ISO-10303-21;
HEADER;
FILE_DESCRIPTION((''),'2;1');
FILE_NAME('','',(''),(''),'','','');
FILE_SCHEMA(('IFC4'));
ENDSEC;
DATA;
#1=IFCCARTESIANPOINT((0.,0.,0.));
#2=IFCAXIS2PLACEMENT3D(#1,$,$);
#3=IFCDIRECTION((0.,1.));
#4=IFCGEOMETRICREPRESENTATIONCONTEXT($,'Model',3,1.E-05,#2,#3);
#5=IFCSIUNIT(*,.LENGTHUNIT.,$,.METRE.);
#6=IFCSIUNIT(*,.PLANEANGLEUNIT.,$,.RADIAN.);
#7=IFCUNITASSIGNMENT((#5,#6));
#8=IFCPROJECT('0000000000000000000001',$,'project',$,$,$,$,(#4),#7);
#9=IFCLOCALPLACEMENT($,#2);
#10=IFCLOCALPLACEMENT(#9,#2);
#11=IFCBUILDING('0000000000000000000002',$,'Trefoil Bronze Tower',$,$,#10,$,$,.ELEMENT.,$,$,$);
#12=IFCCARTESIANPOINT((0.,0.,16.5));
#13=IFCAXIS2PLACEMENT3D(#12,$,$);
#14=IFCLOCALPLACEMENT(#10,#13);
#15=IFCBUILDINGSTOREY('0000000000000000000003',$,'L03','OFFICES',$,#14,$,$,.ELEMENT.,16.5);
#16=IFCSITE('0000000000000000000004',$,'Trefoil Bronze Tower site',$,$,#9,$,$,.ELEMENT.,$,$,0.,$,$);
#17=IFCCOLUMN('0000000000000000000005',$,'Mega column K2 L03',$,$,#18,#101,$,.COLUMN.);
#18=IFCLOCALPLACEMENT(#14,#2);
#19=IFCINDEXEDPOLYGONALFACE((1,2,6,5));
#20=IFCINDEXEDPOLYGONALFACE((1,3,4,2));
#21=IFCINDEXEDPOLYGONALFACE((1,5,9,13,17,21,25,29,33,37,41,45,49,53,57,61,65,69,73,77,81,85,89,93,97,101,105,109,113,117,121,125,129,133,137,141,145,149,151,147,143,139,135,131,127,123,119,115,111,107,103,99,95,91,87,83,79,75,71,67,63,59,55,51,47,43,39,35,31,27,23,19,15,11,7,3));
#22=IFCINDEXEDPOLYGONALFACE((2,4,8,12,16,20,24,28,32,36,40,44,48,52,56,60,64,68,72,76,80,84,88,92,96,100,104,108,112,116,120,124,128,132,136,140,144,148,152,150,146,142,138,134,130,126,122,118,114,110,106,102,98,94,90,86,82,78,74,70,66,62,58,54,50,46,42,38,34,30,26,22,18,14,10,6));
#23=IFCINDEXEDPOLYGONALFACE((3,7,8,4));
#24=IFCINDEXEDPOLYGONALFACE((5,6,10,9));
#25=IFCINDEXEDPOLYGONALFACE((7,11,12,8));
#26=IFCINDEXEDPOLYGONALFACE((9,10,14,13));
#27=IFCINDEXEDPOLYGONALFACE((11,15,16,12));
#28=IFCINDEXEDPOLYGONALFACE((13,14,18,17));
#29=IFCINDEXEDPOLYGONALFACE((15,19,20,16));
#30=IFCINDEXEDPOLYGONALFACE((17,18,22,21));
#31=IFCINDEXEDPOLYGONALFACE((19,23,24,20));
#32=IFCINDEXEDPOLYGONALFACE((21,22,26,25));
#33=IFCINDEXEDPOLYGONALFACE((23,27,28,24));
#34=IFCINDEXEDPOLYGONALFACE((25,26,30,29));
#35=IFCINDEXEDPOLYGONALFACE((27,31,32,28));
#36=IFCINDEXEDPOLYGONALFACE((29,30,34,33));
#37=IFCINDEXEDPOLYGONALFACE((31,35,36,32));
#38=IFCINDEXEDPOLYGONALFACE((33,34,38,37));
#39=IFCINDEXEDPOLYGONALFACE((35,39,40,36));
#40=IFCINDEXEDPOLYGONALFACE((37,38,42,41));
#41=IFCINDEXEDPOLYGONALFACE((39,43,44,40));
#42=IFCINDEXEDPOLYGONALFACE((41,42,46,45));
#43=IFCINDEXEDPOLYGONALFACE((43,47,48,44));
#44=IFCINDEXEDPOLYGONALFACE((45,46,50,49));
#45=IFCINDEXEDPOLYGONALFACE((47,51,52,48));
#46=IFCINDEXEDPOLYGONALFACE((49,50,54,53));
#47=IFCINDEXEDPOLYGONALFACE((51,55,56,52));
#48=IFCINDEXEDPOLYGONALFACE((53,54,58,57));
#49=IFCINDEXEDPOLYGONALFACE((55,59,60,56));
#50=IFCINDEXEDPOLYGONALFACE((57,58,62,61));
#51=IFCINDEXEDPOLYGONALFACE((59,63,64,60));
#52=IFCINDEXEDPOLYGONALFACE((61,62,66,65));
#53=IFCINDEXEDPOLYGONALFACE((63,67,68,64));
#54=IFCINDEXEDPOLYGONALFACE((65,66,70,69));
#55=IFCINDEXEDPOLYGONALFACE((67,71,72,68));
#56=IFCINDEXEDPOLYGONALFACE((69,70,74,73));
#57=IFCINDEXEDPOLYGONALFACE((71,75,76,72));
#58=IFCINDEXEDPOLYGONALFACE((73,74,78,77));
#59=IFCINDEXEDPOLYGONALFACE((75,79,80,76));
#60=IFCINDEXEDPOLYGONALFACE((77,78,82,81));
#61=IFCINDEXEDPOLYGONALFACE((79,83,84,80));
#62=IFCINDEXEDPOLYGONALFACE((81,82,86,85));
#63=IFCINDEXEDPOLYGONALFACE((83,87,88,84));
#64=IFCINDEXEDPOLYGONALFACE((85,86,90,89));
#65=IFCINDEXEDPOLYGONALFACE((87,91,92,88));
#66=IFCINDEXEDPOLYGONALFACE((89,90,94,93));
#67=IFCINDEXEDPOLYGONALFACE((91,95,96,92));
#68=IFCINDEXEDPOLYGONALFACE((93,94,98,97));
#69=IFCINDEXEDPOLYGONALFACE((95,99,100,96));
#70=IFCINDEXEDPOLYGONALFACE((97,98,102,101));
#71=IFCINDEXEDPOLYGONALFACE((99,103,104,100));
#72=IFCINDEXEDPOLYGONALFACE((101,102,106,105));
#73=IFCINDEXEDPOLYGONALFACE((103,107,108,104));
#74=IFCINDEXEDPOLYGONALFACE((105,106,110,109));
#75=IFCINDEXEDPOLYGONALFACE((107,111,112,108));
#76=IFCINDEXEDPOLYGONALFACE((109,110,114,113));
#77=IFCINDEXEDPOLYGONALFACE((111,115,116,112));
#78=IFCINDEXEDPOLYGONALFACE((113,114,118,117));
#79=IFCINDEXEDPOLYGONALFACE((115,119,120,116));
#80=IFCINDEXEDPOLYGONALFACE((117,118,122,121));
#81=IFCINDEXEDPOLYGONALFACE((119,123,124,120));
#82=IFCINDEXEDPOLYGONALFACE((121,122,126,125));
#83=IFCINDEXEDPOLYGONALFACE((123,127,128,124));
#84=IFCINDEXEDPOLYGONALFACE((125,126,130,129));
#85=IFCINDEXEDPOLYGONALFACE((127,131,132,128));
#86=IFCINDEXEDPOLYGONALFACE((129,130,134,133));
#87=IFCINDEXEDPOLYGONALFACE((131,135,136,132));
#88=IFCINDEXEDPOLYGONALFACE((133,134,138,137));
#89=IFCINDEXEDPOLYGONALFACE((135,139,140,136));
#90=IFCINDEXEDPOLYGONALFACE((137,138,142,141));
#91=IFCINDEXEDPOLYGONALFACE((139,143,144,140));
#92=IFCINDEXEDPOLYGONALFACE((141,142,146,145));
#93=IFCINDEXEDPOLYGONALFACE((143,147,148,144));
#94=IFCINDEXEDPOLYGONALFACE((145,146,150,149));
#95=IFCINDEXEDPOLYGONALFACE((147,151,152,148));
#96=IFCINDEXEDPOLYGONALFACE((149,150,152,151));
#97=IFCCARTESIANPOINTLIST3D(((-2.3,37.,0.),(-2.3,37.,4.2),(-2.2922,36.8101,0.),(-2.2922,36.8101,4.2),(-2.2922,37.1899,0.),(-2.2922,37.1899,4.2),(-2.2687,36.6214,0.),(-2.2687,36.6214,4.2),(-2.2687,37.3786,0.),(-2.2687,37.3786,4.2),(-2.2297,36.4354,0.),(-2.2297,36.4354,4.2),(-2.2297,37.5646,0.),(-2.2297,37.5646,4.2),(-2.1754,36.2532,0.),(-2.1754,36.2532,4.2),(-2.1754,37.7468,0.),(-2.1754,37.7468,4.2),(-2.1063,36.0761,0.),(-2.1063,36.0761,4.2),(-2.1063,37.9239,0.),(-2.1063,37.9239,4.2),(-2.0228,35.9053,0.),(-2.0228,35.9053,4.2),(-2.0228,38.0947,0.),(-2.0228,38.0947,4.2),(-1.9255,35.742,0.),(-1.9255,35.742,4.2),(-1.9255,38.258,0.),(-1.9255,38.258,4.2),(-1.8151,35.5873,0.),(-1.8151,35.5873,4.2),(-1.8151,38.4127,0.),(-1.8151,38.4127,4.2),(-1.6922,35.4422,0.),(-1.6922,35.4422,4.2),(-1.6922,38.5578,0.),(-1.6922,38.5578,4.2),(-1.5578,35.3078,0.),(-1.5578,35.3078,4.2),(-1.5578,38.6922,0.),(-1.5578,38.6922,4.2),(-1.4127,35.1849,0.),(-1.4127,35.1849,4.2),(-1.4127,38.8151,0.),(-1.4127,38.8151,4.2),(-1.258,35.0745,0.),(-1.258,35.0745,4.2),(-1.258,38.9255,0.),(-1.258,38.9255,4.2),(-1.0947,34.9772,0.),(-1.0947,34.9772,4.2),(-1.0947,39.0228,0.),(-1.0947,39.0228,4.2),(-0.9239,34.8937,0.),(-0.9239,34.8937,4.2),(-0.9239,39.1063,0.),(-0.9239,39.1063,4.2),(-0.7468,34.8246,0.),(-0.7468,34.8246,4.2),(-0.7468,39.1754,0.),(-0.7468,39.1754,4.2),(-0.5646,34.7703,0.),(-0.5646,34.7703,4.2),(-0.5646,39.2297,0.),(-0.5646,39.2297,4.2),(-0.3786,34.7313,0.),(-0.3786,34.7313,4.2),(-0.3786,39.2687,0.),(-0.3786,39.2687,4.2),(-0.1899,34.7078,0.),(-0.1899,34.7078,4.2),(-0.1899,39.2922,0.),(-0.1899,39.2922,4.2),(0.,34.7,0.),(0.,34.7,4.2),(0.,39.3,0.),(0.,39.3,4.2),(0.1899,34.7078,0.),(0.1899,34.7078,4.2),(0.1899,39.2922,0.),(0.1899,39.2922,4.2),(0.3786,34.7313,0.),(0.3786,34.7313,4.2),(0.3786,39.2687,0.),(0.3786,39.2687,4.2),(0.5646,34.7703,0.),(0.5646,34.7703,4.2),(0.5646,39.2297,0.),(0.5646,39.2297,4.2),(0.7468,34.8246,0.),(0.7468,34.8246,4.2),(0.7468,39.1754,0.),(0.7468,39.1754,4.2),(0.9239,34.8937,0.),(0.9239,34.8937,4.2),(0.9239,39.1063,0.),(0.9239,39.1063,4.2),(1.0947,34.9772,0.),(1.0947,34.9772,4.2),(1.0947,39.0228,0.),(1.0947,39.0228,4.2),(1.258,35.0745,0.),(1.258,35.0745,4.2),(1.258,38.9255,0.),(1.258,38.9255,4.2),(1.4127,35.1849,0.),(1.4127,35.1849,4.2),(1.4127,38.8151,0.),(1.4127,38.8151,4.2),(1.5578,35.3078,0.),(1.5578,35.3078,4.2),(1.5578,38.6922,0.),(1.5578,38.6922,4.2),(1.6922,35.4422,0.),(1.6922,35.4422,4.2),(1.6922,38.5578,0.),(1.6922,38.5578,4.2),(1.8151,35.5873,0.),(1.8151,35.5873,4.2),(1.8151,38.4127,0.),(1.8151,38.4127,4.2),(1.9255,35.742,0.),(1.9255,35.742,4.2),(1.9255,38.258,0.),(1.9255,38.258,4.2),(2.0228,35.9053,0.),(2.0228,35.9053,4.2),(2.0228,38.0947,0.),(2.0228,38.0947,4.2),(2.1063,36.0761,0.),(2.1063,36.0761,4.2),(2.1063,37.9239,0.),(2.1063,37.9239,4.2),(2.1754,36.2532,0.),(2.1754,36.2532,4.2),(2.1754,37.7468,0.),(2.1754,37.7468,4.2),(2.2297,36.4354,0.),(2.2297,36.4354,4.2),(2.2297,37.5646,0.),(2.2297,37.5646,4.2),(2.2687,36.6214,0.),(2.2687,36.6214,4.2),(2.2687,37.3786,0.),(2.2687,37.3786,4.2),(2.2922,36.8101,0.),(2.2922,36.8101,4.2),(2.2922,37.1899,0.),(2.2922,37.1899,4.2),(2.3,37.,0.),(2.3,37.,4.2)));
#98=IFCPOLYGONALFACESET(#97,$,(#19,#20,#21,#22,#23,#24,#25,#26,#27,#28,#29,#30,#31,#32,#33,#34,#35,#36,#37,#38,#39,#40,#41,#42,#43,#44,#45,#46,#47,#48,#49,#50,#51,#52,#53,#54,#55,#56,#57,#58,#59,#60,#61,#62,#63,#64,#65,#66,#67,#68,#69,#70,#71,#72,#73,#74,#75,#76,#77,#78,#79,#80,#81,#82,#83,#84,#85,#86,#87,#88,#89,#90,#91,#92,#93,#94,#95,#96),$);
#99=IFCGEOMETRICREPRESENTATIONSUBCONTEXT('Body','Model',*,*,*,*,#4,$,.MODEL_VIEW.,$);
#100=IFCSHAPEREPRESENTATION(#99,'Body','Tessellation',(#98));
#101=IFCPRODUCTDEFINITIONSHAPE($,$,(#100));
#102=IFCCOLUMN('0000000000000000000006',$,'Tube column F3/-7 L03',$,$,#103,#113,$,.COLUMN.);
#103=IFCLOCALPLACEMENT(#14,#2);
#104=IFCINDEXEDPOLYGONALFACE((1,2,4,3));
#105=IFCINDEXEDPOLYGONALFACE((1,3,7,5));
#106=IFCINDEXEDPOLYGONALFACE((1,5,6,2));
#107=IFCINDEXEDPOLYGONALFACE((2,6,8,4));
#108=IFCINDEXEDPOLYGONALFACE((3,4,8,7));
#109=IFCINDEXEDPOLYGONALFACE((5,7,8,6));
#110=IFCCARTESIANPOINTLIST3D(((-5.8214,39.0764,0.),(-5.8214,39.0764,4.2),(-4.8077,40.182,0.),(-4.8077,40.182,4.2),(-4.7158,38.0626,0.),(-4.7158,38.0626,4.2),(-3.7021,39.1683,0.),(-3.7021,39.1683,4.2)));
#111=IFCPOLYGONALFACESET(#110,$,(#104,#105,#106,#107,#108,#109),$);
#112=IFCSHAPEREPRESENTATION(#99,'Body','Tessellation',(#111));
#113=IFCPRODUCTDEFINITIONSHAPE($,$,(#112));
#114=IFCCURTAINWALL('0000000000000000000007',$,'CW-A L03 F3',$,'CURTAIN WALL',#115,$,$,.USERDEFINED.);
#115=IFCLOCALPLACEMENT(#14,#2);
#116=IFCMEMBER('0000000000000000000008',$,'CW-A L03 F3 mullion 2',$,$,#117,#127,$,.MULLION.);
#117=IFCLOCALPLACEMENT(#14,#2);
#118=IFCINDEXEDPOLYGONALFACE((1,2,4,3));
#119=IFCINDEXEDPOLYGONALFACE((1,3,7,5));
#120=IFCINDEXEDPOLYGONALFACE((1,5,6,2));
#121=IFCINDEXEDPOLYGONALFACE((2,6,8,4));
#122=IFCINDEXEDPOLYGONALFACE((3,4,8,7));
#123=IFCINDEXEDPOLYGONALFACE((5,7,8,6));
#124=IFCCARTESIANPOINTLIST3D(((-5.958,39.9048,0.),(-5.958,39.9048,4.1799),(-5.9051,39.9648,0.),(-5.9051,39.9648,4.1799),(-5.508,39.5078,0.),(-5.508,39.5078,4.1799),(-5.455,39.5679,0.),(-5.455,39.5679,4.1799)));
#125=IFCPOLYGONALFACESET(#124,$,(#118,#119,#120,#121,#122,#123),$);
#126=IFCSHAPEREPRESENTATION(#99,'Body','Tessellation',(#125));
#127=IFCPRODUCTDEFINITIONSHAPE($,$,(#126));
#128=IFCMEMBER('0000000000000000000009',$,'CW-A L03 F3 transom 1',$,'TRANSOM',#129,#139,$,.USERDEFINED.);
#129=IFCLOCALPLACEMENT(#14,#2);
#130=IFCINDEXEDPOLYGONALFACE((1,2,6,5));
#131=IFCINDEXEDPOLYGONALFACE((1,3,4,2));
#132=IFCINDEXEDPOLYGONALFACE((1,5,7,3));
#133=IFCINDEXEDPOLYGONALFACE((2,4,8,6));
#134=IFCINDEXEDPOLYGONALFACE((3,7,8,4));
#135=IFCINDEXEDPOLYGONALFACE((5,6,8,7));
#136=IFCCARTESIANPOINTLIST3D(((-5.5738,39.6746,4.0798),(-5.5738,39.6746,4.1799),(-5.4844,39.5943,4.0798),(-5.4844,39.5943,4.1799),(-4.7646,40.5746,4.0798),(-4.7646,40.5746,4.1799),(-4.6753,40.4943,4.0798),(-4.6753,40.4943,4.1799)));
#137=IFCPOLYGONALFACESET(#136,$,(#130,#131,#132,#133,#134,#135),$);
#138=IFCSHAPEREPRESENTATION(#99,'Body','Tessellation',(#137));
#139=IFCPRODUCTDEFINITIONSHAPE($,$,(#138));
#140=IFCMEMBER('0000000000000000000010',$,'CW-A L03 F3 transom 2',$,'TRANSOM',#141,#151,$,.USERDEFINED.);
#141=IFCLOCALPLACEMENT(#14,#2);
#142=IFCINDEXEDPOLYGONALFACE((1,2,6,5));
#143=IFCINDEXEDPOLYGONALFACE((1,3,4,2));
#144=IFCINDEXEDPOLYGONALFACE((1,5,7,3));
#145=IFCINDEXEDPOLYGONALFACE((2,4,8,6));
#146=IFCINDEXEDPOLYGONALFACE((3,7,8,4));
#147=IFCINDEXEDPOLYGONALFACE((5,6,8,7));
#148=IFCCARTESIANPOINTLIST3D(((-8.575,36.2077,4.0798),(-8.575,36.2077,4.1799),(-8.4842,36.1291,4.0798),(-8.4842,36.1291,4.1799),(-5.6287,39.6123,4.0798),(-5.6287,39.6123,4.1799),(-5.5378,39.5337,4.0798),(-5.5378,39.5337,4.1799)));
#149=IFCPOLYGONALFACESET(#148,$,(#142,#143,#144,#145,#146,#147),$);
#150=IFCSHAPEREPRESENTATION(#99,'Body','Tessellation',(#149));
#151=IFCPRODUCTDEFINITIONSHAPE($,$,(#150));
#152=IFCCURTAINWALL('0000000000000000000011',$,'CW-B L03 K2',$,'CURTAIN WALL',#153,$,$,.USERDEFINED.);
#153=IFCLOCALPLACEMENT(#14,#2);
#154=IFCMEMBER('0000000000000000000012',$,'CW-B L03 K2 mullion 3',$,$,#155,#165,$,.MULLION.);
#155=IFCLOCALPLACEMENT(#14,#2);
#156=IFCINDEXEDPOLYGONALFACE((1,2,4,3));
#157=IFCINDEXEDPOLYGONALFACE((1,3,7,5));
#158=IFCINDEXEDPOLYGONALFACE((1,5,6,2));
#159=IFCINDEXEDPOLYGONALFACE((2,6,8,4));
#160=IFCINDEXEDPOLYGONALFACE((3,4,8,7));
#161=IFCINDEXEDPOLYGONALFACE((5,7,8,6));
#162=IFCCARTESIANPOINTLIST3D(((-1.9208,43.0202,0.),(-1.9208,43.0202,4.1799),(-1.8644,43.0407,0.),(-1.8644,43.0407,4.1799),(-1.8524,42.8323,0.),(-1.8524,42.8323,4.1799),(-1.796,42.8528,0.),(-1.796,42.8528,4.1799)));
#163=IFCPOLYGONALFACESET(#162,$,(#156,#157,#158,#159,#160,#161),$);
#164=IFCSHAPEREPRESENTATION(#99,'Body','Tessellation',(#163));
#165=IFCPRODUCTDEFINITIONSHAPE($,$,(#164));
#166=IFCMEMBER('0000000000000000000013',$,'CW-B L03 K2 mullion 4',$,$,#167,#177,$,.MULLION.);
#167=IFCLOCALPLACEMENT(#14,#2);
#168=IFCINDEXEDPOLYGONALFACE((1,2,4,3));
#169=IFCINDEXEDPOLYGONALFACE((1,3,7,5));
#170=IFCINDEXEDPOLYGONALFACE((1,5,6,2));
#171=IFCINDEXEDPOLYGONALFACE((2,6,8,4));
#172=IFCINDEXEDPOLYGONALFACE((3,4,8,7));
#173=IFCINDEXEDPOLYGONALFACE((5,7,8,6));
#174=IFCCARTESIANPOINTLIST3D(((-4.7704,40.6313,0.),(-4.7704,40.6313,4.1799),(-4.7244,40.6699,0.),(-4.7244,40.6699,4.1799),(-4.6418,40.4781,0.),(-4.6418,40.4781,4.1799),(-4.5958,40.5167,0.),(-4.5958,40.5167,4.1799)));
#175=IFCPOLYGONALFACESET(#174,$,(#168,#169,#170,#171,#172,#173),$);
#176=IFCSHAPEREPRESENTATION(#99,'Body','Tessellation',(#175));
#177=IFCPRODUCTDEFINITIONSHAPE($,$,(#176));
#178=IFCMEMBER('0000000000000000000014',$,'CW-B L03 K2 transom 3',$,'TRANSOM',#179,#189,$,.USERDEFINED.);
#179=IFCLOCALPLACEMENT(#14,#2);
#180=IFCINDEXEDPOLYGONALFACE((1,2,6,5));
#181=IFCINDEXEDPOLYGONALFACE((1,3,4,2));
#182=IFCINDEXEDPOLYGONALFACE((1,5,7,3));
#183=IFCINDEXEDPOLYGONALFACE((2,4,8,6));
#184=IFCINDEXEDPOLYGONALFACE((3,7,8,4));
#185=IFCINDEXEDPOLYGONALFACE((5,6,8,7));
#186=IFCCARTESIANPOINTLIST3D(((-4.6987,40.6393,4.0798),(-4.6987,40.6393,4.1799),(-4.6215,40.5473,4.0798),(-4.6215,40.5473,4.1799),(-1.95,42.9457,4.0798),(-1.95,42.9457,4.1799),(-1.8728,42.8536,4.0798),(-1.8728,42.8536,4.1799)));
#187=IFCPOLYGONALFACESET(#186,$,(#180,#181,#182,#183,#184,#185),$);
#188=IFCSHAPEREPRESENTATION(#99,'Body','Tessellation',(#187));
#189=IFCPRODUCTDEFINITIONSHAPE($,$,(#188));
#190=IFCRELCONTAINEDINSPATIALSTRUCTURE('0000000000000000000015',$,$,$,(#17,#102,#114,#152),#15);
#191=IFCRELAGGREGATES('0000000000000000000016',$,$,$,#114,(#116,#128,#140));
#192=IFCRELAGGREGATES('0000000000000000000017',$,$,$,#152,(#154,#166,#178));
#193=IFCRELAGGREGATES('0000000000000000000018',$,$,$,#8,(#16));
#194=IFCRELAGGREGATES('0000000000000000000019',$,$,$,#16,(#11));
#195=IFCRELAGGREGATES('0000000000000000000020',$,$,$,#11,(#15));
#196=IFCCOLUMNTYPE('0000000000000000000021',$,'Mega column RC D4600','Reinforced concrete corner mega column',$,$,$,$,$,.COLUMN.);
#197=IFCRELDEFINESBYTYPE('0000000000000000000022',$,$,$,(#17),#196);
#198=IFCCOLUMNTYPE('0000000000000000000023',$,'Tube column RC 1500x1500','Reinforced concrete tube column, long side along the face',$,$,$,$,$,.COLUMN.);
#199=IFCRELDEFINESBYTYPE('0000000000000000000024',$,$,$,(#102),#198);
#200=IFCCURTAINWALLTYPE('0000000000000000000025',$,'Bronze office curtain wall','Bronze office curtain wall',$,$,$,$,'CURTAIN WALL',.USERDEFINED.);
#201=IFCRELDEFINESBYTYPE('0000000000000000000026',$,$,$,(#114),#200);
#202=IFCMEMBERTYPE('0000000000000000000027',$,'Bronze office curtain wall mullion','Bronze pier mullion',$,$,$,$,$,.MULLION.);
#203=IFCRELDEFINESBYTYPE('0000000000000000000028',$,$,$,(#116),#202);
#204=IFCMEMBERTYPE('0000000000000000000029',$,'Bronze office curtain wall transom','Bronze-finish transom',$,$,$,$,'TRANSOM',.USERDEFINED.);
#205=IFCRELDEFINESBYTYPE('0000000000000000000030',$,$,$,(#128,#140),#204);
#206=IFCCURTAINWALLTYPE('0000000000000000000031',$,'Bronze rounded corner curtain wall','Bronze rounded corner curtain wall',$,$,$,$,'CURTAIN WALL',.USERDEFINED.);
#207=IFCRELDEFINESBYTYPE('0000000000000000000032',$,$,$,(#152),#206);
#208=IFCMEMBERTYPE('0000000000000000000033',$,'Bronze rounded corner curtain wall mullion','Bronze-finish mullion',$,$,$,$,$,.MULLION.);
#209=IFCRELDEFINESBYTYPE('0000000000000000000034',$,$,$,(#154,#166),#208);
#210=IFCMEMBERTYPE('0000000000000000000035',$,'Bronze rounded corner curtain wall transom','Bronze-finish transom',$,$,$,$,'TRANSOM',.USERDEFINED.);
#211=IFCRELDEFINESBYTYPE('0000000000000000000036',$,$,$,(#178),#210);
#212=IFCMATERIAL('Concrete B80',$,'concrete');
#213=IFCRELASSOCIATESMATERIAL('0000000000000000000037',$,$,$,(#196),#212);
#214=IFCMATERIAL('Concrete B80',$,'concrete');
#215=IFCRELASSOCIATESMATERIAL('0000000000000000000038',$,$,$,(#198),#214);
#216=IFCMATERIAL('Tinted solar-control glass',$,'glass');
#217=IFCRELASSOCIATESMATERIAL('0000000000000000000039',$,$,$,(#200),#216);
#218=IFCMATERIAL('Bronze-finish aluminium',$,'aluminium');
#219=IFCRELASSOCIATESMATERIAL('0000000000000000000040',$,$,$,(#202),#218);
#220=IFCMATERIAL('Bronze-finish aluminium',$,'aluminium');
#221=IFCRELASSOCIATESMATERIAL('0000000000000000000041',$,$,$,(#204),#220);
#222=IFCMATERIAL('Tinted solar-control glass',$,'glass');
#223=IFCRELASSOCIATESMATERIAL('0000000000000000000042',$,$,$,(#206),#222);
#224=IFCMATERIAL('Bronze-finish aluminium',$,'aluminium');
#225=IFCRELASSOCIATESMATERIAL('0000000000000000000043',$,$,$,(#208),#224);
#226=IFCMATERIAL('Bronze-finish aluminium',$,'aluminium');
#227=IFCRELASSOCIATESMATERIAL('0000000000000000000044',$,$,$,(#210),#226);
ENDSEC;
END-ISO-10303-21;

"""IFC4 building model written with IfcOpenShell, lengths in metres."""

from ifc_helpers import new_model, si_unit, direction, frame, origin, origin_2d, place, context, subcontext, project, spatial, rectangle, circle, extrude, material, material_profile, profile_set, type_object, element, aggregate, save


model = new_model("IFC4")

# Units and contexts
model_context = context("Model", 3, precision=1e-05, world=origin(), true_north=direction((0.0, 1.0)))
body_context = subcontext(model_context, "Body", "Model", "MODEL_VIEW")
ifc_project = project(units=[si_unit("LENGTHUNIT", "METRE"), si_unit("PLANEANGLEUNIT", "RADIAN")], contexts=[model_context])

# Site, building, storey
site_placement = place(None, origin())
site = spatial("IfcSite", under=ifc_project, at=site_placement, Name="Trefoil Bronze Tower site", CompositionType="ELEMENT", RefElevation=0.0)
building_placement = place(site_placement, origin())
building = spatial("IfcBuilding", under=site, at=building_placement, Name="Trefoil Bronze Tower", CompositionType="ELEMENT")
storey_placement = place(building_placement, frame((0.0, 0.0, 16.5)))
storey = spatial("IfcBuildingStorey", under=building, at=storey_placement, Name="L03", Description="OFFICES", CompositionType="ELEMENT", Elevation=16.5)

# Columns
ifc_material_1 = material(Name="Concrete B80", Category="concrete")
ifc_material_profile_1 = material_profile(ifc_material_1, circle(Radius=2.3, at=origin_2d()), Name="RC D4600")
ifc_profile_set_1 = profile_set([ifc_material_profile_1], Name="Concrete B80")
column_type_1 = type_object("IfcColumnType", Name="Mega column RC D4600", Description="Reinforced concrete corner mega column", PredefinedType="COLUMN", material=ifc_profile_set_1)
column_1_placement = place(storey_placement, frame((0.0, 37.0, 0.0), z_axis=(0.0, 0.0, 1.0), x_axis=(1.0, 0.0, 0.0)))
element("IfcColumn", 1, at=column_1_placement, inside=storey, type_object=column_type_1, Name="Mega column K2 L03", PredefinedType="COLUMN", context=body_context, shape_type="SweptSolid", body=[
    extrude(circle(Radius=2.3, at=origin_2d()), origin(), (0.0, 0.0, 1.0), 4.2),
])
ifc_material_2 = material(Name="Concrete B80", Category="concrete")
ifc_material_profile_2 = material_profile(ifc_material_2, rectangle(XDim=1.5, YDim=1.5, at=origin_2d()), Name="RC 1500x1500")
ifc_profile_set_2 = profile_set([ifc_material_profile_2], Name="Concrete B80")
column_type_2 = type_object("IfcColumnType", Name="Tube column RC 1500x1500", Description="Reinforced concrete tube column, long side along the face", PredefinedType="COLUMN", material=ifc_profile_set_2)
column_2_placement = place(storey_placement, frame((-4.7617, 39.1223, 0.0), z_axis=(0.0, 0.0, 1.0), x_axis=(-0.675816, -0.73707, 0.0)))
element("IfcColumn", 2, at=column_2_placement, inside=storey, type_object=column_type_2, Name="Tube column F3/-7 L03", PredefinedType="COLUMN", context=body_context, shape_type="SweptSolid", body=[
    extrude(rectangle(XDim=1.5, YDim=1.5, at=origin_2d()), origin(), (0.0, 0.0, 1.0), 4.2),
])

# Curtain walls, members
ifc_material_3 = material(Name="Tinted solar-control glass", Category="glass")
curtain_wall_type_1 = type_object("IfcCurtainWallType", Name="Bronze office curtain wall", Description="Bronze office curtain wall", ElementType="CURTAIN WALL", PredefinedType="USERDEFINED", material=ifc_material_3)
curtain_wall_1_placement = place(storey_placement, origin())
curtain_wall_1 = element("IfcCurtainWall", 3, at=curtain_wall_1_placement, inside=storey, type_object=curtain_wall_type_1, Name="CW-A L03 F3", ObjectType="CURTAIN WALL", PredefinedType="USERDEFINED")
ifc_material_4 = material(Name="Bronze-finish aluminium", Category="aluminium")
ifc_material_profile_3 = material_profile(ifc_material_4, rectangle(XDim=0.6001, YDim=0.0801, at=origin_2d()), Name="CW-A mullion")
ifc_profile_set_3 = profile_set([ifc_material_profile_3], Name="Bronze-finish aluminium")
member_type_1 = type_object("IfcMemberType", Name="Bronze office curtain wall mullion", Description="Bronze pier mullion", PredefinedType="MULLION", material=ifc_profile_set_3)
member_1_placement = place(storey_placement, frame((-5.7065, 39.7363, 0.0), z_axis=(0.0, 0.0, 1.0), x_axis=(0.749941, -0.661505, 0.0)))
member_1 = element("IfcMember", 4, at=member_1_placement, type_object=member_type_1, Name="CW-A L03 F3 mullion 2", PredefinedType="MULLION", context=body_context, shape_type="SweptSolid", body=[
    extrude(rectangle(XDim=0.6001, YDim=0.0801, at=origin_2d()), origin(), (0.0, 0.0, 1.0), 4.1799),
])
ifc_material_5 = material(Name="Bronze-finish aluminium", Category="aluminium")
ifc_material_profile_4 = material_profile(ifc_material_5, rectangle(XDim=0.1201, YDim=0.1001, at=origin_2d()), Name="CW-A transom")
ifc_profile_set_4 = profile_set([ifc_material_profile_4], Name="Bronze-finish aluminium")
member_type_2 = type_object("IfcMemberType", Name="Bronze office curtain wall transom", Description="Bronze-finish transom", ElementType="TRANSOM", PredefinedType="USERDEFINED", material=ifc_profile_set_4)
member_2_placement = place(storey_placement, frame((-4.72, 40.5344, 4.1299), z_axis=(-0.668586, -0.743635, 0.0), x_axis=(0.743635, -0.668586, 0.0)))
member_2 = element("IfcMember", 5, at=member_2_placement, type_object=member_type_2, Name="CW-A L03 F3 transom 1", ObjectType="TRANSOM", PredefinedType="USERDEFINED", context=body_context, shape_type="SweptSolid", body=[
    extrude(rectangle(XDim=0.1201, YDim=0.1001, at=origin_2d()), origin(), (0.0, 0.0, 1.0), 1.2102),
])
member_3_placement = place(storey_placement, frame((-5.5833, 39.573, 4.1299), z_axis=(-0.654383, -0.756163, 0.0), x_axis=(0.756163, -0.654383, 0.0)))
member_3 = element("IfcMember", 6, at=member_3_placement, type_object=member_type_2, Name="CW-A L03 F3 transom 2", ObjectType="TRANSOM", PredefinedType="USERDEFINED", context=body_context, shape_type="SweptSolid", body=[
    extrude(rectangle(XDim=0.1201, YDim=0.1001, at=origin_2d()), origin(), (0.0, 0.0, 1.0), 4.5024),
])
ifc_material_6 = material(Name="Tinted solar-control glass", Category="glass")
curtain_wall_type_2 = type_object("IfcCurtainWallType", Name="Bronze rounded corner curtain wall", Description="Bronze rounded corner curtain wall", ElementType="CURTAIN WALL", PredefinedType="USERDEFINED", material=ifc_material_6)
curtain_wall_2_placement = place(storey_placement, origin())
curtain_wall_2 = element("IfcCurtainWall", 7, at=curtain_wall_2_placement, inside=storey, type_object=curtain_wall_type_2, Name="CW-B L03 K2", ObjectType="CURTAIN WALL", PredefinedType="USERDEFINED")
ifc_material_7 = material(Name="Bronze-finish aluminium", Category="aluminium")
ifc_material_profile_5 = material_profile(ifc_material_7, rectangle(XDim=0.2, YDim=0.0601, at=origin_2d()), Name="CW-B mullion")
ifc_profile_set_5 = profile_set([ifc_material_profile_5], Name="Bronze-finish aluminium")
member_type_3 = type_object("IfcMemberType", Name="Bronze rounded corner curtain wall mullion", Description="Bronze-finish mullion", PredefinedType="MULLION", material=ifc_profile_set_5)
member_4_placement = place(storey_placement, frame((-1.8584, 42.9365, 0.0), z_axis=(0.0, 0.0, 1.0), x_axis=(0.34202, -0.939693, 0.0)))
member_4 = element("IfcMember", 8, at=member_4_placement, type_object=member_type_3, Name="CW-B L03 K2 mullion 3", PredefinedType="MULLION", context=body_context, shape_type="SweptSolid", body=[
    extrude(rectangle(XDim=0.2, YDim=0.0601, at=origin_2d()), origin(), (0.0, 0.0, 1.0), 4.1799),
])
member_5_placement = place(storey_placement, frame((-4.6831, 40.574, 0.0), z_axis=(0.0, 0.0, 1.0), x_axis=(0.642788, -0.766044, 0.0)))
member_5 = element("IfcMember", 9, at=member_5_placement, type_object=member_type_3, Name="CW-B L03 K2 mullion 4", PredefinedType="MULLION", context=body_context, shape_type="SweptSolid", body=[
    extrude(rectangle(XDim=0.2, YDim=0.0601, at=origin_2d()), origin(), (0.0, 0.0, 1.0), 4.1799),
])
ifc_material_8 = material(Name="Bronze-finish aluminium", Category="aluminium")
ifc_material_profile_6 = material_profile(ifc_material_8, rectangle(XDim=0.1201, YDim=0.1001, at=origin_2d()), Name="CW-B transom")
ifc_profile_set_6 = profile_set([ifc_material_profile_6], Name="Bronze-finish aluminium")
member_type_4 = type_object("IfcMemberType", Name="Bronze rounded corner curtain wall transom", Description="Bronze-finish transom", ElementType="TRANSOM", PredefinedType="USERDEFINED", material=ifc_profile_set_6)
member_6_placement = place(storey_placement, frame((-1.9114, 42.8997, 4.1299), z_axis=(-0.766059, -0.642771, 0.0), x_axis=(0.642771, -0.766059, 0.0)))
member_6 = element("IfcMember", 10, at=member_6_placement, type_object=member_type_4, Name="CW-B L03 K2 transom 3", ObjectType="TRANSOM", PredefinedType="USERDEFINED", context=body_context, shape_type="SweptSolid", body=[
    extrude(rectangle(XDim=0.1201, YDim=0.1001, at=origin_2d()), origin(), (0.0, 0.0, 1.0), 3.5881),
])

aggregate(curtain_wall_1, [member_1, member_2, member_3])
aggregate(curtain_wall_2, [member_4, member_5, member_6])

save(model, "model.ifc")
